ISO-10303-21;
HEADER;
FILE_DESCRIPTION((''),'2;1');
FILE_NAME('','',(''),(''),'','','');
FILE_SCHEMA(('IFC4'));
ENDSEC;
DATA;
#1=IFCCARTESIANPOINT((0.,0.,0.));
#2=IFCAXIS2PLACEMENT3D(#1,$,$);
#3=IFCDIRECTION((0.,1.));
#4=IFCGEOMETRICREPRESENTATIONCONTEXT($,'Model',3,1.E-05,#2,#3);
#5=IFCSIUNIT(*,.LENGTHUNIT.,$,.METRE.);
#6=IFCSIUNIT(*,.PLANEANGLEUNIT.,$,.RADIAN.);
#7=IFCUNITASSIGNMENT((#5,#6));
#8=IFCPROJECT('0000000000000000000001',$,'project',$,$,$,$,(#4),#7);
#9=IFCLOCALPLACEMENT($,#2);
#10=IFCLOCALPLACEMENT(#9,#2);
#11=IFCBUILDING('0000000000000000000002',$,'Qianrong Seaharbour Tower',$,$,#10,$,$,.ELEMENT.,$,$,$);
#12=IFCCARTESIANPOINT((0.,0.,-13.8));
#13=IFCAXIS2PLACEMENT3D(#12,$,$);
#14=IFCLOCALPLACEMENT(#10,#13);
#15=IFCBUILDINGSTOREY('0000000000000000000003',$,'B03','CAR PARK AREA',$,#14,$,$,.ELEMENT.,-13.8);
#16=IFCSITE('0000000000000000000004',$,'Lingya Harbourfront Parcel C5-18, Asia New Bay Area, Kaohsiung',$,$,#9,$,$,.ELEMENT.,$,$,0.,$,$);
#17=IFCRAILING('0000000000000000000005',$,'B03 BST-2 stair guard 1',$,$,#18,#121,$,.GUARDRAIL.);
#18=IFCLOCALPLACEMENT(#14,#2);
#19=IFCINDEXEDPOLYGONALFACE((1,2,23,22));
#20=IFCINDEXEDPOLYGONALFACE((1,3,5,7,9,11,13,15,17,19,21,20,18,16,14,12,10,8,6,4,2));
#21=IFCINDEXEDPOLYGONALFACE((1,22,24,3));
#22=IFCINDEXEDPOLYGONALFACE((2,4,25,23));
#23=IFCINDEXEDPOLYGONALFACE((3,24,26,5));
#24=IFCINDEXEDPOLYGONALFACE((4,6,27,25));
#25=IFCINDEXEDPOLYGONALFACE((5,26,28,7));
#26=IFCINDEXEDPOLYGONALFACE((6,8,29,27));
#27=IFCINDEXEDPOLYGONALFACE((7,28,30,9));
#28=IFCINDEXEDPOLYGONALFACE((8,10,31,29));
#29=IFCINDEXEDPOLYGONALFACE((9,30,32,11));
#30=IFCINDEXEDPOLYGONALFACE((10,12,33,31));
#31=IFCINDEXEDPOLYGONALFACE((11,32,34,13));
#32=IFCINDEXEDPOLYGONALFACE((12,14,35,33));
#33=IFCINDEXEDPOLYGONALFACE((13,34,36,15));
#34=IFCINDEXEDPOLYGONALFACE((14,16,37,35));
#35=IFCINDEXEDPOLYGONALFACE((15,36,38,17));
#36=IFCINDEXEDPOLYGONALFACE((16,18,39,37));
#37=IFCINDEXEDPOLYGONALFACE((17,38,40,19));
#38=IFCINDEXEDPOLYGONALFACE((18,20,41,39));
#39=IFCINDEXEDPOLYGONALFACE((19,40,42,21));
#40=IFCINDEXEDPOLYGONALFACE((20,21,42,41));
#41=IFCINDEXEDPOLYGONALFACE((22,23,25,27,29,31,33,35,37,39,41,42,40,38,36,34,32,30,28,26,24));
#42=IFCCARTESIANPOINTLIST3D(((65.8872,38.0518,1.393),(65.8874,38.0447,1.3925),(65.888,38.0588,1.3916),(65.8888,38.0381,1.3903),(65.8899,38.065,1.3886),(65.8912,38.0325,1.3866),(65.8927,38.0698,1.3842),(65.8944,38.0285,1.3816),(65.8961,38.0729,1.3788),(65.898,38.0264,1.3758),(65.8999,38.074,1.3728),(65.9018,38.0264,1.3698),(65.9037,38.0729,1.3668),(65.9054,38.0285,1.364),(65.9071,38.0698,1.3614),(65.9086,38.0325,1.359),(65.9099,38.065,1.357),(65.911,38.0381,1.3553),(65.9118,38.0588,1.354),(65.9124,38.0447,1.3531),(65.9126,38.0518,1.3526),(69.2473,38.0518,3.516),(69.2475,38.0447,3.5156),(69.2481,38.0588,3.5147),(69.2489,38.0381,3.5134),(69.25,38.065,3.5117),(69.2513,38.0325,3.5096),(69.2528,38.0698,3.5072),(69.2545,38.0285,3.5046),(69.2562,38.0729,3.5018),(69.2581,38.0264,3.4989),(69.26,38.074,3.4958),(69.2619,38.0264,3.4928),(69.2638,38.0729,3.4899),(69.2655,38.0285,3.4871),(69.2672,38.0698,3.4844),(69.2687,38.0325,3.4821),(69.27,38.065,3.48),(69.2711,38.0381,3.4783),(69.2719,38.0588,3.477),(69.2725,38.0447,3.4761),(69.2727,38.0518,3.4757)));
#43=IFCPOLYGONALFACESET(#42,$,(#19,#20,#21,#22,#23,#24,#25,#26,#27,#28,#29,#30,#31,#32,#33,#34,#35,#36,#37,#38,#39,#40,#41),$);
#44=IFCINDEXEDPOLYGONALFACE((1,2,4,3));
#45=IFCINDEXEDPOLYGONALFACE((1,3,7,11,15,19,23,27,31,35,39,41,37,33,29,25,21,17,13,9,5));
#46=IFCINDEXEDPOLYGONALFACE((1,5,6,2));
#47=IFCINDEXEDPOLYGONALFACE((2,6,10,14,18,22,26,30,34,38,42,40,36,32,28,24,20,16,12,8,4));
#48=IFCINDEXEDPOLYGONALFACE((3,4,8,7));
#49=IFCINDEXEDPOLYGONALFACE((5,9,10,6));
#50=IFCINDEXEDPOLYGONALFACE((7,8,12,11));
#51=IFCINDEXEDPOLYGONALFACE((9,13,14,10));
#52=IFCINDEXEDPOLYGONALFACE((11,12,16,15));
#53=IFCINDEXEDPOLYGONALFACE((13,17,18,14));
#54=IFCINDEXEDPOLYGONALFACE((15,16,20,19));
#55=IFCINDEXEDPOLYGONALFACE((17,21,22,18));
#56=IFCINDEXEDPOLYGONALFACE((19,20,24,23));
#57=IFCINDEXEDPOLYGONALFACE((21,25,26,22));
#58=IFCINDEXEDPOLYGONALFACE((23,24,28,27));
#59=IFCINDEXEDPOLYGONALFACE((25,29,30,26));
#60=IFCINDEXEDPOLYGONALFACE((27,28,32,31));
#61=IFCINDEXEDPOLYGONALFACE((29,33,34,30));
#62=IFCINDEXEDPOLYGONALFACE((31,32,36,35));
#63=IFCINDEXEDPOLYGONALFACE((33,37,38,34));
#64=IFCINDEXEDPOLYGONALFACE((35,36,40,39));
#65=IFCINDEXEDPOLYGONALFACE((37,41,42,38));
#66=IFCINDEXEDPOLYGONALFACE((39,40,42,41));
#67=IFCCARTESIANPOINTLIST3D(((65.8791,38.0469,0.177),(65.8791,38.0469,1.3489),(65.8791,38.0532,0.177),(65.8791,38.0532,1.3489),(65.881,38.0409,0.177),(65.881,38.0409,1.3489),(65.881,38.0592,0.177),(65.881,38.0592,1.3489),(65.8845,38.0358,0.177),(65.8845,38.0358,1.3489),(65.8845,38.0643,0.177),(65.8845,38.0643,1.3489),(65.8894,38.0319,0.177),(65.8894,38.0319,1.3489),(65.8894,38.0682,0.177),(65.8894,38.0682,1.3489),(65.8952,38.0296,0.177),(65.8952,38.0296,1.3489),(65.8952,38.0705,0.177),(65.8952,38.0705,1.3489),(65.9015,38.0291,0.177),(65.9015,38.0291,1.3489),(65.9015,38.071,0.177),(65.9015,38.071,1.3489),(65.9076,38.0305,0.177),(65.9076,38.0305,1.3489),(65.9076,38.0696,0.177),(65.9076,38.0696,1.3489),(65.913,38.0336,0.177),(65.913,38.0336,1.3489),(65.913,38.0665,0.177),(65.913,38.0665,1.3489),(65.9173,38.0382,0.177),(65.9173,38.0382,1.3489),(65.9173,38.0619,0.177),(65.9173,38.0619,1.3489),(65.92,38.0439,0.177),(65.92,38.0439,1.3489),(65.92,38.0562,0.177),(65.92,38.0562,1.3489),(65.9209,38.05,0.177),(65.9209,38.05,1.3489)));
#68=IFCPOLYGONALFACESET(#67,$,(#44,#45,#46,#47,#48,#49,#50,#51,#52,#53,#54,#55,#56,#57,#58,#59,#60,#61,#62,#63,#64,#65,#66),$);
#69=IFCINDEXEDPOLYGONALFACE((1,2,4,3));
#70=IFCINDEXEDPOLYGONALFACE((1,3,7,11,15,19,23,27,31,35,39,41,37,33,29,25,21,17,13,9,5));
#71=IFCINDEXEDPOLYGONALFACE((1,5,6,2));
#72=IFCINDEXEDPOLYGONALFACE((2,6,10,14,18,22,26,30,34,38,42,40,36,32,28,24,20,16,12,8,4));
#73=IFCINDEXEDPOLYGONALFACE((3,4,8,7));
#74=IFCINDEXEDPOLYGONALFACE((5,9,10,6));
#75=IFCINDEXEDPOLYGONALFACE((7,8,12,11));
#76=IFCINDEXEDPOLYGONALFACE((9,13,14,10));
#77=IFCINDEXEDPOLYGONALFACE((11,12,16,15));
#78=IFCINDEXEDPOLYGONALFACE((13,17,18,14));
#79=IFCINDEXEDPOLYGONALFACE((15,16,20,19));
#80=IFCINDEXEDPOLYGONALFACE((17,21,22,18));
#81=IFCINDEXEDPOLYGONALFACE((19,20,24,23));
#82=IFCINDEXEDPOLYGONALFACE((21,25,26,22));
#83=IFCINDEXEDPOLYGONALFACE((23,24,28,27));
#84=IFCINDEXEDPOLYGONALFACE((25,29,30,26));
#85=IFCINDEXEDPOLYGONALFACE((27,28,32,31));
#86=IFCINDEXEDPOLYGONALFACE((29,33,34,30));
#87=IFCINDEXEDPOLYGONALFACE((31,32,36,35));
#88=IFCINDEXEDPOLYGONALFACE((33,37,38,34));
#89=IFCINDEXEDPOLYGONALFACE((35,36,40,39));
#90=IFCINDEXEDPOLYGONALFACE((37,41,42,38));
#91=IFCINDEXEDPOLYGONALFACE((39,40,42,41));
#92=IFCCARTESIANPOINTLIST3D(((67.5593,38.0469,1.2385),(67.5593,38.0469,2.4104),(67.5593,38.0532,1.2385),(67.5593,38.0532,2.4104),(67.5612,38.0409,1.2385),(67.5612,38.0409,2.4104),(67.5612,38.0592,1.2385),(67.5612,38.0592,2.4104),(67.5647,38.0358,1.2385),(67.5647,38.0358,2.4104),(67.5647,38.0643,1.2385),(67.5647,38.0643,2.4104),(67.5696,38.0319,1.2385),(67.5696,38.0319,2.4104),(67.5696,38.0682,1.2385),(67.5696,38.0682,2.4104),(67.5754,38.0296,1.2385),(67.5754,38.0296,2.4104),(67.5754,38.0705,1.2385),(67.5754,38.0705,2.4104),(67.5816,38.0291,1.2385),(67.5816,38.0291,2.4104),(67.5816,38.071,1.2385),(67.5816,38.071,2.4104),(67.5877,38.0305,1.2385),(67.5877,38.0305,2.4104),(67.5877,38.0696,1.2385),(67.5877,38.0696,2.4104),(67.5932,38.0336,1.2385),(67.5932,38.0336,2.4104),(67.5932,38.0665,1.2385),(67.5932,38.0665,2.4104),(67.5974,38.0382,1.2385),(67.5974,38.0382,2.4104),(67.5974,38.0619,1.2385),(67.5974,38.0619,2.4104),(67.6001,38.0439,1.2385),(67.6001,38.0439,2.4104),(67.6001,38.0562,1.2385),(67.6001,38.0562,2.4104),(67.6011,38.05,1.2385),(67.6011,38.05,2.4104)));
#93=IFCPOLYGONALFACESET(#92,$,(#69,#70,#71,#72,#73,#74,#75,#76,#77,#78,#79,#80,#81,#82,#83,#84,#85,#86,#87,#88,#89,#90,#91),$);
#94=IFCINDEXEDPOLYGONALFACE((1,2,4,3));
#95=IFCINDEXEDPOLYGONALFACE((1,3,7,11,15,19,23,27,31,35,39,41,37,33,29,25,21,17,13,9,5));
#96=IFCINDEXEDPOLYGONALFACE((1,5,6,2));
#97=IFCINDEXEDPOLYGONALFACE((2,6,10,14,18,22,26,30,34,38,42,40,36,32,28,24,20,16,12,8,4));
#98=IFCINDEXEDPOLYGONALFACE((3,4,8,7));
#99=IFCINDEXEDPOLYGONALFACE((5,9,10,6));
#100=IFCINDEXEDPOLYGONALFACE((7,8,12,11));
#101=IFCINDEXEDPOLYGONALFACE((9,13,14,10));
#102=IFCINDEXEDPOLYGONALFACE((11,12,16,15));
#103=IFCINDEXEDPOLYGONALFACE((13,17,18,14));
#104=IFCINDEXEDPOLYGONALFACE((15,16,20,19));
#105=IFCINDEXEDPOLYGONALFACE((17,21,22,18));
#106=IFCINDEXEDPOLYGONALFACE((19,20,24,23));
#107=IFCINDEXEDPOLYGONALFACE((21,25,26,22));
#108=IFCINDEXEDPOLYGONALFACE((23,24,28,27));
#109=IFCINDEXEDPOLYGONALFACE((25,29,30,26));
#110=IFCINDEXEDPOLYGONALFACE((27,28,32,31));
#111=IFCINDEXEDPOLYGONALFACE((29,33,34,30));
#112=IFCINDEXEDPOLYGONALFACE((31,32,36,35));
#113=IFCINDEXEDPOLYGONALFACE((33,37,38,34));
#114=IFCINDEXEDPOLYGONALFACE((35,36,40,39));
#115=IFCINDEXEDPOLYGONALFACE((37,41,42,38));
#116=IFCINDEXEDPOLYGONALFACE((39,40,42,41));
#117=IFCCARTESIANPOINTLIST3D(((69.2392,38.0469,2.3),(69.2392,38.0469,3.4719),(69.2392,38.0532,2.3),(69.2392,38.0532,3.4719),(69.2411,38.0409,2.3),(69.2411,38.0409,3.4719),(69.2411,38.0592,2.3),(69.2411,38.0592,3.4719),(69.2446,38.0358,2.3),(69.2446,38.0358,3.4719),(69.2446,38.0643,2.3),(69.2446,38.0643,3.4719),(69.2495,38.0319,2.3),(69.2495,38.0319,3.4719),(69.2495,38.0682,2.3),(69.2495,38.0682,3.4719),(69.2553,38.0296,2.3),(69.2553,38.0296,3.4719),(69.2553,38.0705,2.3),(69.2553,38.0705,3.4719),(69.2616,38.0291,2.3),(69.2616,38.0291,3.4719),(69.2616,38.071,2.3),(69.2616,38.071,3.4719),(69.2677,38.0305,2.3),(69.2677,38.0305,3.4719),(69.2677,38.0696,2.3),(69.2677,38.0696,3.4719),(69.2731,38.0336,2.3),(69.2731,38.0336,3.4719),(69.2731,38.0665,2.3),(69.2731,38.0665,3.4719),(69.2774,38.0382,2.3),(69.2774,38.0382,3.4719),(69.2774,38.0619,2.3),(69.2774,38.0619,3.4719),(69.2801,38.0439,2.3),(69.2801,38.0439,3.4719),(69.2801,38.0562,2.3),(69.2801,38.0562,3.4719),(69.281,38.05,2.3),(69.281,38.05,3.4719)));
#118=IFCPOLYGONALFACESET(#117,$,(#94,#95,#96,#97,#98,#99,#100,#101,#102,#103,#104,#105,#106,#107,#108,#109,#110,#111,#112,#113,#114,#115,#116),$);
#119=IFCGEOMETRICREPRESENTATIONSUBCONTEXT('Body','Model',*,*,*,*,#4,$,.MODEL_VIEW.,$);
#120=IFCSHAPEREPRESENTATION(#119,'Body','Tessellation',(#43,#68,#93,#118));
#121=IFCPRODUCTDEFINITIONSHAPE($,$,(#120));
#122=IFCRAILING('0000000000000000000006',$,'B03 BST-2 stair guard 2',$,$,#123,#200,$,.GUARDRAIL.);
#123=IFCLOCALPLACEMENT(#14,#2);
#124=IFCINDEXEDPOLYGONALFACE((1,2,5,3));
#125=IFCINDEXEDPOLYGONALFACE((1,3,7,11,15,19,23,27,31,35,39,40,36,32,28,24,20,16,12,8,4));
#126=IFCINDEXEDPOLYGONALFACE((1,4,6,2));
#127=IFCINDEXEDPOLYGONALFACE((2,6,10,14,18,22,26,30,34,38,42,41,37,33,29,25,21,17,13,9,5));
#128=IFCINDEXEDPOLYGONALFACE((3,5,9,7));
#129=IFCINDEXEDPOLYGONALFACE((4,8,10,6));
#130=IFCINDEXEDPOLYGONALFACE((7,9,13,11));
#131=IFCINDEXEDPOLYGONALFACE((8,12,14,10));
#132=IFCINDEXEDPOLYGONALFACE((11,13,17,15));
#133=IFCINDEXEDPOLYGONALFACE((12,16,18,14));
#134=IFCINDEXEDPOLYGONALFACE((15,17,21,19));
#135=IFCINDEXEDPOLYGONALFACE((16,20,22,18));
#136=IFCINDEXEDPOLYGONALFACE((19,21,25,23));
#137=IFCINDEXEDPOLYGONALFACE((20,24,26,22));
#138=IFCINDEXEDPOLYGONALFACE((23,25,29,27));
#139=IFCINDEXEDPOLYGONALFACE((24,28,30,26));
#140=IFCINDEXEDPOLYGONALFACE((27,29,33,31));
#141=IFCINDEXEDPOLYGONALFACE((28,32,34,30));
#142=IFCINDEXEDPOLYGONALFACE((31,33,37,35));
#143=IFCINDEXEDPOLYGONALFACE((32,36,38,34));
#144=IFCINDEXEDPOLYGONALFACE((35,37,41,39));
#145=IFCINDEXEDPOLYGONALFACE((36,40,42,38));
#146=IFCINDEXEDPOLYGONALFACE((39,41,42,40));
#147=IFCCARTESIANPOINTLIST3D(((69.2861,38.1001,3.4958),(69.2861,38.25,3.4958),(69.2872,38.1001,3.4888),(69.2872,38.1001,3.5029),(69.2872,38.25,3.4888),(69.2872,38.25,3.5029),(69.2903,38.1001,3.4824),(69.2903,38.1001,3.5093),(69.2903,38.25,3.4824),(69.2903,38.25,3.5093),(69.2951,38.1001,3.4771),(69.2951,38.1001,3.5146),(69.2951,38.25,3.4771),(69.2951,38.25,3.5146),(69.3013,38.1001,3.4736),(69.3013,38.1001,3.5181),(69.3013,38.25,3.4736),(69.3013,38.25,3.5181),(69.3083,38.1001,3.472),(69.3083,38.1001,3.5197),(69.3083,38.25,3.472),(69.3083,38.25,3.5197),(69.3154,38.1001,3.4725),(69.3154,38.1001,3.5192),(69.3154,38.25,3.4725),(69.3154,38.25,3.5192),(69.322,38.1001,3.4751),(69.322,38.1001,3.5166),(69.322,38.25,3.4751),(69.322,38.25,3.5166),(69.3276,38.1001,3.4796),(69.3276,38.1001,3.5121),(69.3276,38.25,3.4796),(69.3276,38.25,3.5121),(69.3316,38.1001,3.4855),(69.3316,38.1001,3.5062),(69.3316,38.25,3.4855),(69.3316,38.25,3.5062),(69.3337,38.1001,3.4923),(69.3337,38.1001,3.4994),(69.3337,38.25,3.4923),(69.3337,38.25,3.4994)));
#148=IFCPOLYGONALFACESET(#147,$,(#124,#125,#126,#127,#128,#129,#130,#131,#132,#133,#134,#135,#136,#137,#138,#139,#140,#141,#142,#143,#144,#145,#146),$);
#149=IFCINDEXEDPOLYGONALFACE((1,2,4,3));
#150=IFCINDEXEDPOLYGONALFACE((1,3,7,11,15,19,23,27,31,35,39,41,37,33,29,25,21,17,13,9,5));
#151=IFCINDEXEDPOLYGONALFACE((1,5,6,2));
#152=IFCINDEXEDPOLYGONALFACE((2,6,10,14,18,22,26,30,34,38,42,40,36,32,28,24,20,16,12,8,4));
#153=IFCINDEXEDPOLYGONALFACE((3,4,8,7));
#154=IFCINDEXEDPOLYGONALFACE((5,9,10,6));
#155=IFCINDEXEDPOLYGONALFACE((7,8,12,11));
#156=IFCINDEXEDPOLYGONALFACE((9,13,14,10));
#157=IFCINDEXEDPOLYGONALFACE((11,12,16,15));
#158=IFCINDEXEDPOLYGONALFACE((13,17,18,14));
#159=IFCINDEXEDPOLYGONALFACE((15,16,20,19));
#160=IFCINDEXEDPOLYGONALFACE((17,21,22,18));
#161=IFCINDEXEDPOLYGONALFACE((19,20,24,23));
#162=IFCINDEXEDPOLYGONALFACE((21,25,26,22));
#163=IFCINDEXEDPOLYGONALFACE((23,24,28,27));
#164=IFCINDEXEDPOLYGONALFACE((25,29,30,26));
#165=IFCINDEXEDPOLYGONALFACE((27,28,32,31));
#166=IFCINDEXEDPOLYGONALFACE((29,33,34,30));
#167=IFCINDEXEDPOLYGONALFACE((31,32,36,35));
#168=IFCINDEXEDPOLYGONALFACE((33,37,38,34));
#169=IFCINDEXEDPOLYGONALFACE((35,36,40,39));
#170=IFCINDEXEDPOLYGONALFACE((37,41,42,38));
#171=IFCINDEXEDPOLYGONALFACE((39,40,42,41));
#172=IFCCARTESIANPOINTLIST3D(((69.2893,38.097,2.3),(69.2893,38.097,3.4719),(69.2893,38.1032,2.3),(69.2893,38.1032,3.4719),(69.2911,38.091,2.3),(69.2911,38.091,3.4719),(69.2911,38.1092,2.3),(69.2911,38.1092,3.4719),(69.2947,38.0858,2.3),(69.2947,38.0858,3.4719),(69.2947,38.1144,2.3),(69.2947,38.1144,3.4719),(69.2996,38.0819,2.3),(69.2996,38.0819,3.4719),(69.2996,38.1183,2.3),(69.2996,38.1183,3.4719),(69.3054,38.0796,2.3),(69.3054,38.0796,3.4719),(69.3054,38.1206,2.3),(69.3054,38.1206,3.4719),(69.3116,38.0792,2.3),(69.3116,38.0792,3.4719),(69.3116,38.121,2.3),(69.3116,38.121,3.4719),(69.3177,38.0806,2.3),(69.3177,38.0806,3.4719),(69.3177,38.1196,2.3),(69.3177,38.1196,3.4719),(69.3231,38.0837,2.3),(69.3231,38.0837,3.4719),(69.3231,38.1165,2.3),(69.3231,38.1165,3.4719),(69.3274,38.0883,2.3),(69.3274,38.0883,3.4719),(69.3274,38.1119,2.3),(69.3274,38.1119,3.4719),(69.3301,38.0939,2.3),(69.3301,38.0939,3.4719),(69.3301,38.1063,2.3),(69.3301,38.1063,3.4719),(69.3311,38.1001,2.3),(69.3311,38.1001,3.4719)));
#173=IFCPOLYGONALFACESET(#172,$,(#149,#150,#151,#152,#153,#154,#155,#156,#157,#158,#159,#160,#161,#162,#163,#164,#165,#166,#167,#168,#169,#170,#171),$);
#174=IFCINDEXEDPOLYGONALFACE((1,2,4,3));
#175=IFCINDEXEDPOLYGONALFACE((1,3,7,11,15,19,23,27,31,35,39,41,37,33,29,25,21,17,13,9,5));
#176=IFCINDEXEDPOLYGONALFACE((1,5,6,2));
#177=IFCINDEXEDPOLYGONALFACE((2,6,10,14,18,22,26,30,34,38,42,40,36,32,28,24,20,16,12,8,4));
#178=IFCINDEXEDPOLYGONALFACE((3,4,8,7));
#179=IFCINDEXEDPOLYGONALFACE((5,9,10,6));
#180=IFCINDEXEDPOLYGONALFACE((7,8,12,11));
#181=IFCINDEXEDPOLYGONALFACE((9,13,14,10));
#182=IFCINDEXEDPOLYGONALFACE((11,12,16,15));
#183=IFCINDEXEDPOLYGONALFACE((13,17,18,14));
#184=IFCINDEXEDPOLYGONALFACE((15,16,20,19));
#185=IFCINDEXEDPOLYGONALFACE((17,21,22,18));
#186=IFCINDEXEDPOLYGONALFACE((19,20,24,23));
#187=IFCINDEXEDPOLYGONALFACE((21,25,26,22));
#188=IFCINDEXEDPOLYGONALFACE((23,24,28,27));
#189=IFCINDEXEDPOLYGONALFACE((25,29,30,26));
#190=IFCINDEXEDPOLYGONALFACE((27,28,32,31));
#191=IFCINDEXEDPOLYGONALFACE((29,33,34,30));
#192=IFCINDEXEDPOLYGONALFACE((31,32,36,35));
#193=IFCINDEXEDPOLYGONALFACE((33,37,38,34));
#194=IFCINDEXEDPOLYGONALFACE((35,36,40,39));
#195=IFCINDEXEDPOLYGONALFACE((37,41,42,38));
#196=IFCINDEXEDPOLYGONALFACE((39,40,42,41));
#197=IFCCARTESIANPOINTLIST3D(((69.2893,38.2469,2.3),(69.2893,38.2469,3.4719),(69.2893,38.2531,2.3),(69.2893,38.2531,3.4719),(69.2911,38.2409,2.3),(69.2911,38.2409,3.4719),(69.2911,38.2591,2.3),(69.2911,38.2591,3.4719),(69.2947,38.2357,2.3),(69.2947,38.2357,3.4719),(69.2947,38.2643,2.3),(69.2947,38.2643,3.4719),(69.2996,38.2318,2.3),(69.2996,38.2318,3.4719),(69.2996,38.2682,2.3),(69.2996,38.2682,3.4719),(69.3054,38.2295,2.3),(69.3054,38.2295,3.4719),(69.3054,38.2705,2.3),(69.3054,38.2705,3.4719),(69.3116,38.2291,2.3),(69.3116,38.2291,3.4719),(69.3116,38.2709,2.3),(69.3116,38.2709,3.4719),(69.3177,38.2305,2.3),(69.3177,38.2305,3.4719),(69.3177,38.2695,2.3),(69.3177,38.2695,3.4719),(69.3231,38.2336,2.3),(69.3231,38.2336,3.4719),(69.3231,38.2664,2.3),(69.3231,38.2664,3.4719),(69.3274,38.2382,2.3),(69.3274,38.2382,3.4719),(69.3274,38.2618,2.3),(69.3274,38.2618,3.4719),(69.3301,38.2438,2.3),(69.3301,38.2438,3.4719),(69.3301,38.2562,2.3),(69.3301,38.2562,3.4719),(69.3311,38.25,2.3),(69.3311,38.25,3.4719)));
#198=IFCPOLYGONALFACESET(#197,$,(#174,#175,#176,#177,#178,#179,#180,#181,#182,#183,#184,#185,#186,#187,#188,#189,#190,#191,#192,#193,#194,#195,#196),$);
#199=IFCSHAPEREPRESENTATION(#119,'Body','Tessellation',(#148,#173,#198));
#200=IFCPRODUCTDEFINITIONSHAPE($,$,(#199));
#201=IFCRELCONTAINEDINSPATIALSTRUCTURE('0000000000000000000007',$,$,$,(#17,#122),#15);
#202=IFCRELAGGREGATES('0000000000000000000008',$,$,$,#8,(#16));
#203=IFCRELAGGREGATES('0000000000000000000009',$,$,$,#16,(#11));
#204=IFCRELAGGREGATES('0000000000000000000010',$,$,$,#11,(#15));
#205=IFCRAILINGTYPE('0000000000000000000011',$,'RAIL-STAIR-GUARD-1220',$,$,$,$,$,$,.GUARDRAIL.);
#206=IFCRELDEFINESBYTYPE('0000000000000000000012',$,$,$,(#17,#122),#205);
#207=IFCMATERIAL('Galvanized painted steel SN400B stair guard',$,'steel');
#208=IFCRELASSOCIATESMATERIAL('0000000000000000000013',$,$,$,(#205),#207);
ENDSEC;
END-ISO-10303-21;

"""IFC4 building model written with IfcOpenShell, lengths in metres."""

from ifc_helpers import new_model, si_unit, direction, frame, origin, origin_2d, place, context, subcontext, project, spatial, circle, extrude, material, type_object, element, save


model = new_model("IFC4")

# Units and contexts
model_context = context("Model", 3, precision=1e-05, world=origin(), true_north=direction((0.0, 1.0)))
body_context = subcontext(model_context, "Body", "Model", "MODEL_VIEW")
ifc_project = project(units=[si_unit("LENGTHUNIT", "METRE"), si_unit("PLANEANGLEUNIT", "RADIAN")], contexts=[model_context])

# Site, building, storey
site_placement = place(None, origin())
site = spatial("IfcSite", under=ifc_project, at=site_placement, Name="Lingya Harbourfront Parcel C5-18, Asia New Bay Area, Kaohsiung", CompositionType="ELEMENT", RefElevation=0.0)
building_placement = place(site_placement, origin())
building = spatial("IfcBuilding", under=site, at=building_placement, Name="Qianrong Seaharbour Tower", CompositionType="ELEMENT")
storey_placement = place(building_placement, frame((0.0, 0.0, -13.8)))
storey = spatial("IfcBuildingStorey", under=building, at=storey_placement, Name="B03", Description="CAR PARK AREA", CompositionType="ELEMENT", Elevation=-13.8)

# Railings
ifc_material_1 = material(Name="Galvanized painted steel SN400B stair guard", Category="steel")
railing_type_1 = type_object("IfcRailingType", Name="RAIL-STAIR-GUARD-1220", PredefinedType="GUARDRAIL", material=ifc_material_1)
railing_1_placement = place(storey_placement, frame((65.8999, 38.05, 0.177)))
element("IfcRailing", 1, at=railing_1_placement, inside=storey, type_object=railing_type_1, Name="B03 BST-2 stair guard 1", PredefinedType="GUARDRAIL", context=body_context, shape_type="SweptSolid", body=[
    extrude(circle(Radius=0.0239, at=origin_2d()), frame((0.0, 0.0, 1.1958), z_axis=(0.84539, 0.0, 0.53415), x_axis=(0.0, 1.0, 0.0)), (0.0, 0.0, 1.0), 3.9746),
    extrude(circle(Radius=0.021, at=origin_2d()), origin(), (0.0, 0.0, 1.0), 1.1719),
    extrude(circle(Radius=0.021, at=origin_2d()), frame((1.6802, 0.0, 1.0615)), (0.0, 0.0, 1.0), 1.1719),
    extrude(circle(Radius=0.021, at=origin_2d()), frame((3.3601, 0.0, 2.123)), (0.0, 0.0, 1.0), 1.1719),
])
railing_2_placement = place(storey_placement, frame((69.3101, 38.1001, 2.3)))
element("IfcRailing", 2, at=railing_2_placement, inside=storey, type_object=railing_type_1, Name="B03 BST-2 stair guard 2", PredefinedType="GUARDRAIL", context=body_context, shape_type="SweptSolid", body=[
    extrude(circle(Radius=0.0239, at=origin_2d()), frame((0.0, 0.0, 1.1958), z_axis=(0.0, 1.0, 0.0), x_axis=(-1.0, 0.0, 0.0)), (0.0, 0.0, 1.0), 0.1499),
    extrude(circle(Radius=0.021, at=origin_2d()), origin(), (0.0, 0.0, 1.0), 1.1719),
    extrude(circle(Radius=0.021, at=origin_2d()), frame((0.0, 0.1499, 0.0)), (0.0, 0.0, 1.0), 1.1719),
])

save(model, "model.ifc")
